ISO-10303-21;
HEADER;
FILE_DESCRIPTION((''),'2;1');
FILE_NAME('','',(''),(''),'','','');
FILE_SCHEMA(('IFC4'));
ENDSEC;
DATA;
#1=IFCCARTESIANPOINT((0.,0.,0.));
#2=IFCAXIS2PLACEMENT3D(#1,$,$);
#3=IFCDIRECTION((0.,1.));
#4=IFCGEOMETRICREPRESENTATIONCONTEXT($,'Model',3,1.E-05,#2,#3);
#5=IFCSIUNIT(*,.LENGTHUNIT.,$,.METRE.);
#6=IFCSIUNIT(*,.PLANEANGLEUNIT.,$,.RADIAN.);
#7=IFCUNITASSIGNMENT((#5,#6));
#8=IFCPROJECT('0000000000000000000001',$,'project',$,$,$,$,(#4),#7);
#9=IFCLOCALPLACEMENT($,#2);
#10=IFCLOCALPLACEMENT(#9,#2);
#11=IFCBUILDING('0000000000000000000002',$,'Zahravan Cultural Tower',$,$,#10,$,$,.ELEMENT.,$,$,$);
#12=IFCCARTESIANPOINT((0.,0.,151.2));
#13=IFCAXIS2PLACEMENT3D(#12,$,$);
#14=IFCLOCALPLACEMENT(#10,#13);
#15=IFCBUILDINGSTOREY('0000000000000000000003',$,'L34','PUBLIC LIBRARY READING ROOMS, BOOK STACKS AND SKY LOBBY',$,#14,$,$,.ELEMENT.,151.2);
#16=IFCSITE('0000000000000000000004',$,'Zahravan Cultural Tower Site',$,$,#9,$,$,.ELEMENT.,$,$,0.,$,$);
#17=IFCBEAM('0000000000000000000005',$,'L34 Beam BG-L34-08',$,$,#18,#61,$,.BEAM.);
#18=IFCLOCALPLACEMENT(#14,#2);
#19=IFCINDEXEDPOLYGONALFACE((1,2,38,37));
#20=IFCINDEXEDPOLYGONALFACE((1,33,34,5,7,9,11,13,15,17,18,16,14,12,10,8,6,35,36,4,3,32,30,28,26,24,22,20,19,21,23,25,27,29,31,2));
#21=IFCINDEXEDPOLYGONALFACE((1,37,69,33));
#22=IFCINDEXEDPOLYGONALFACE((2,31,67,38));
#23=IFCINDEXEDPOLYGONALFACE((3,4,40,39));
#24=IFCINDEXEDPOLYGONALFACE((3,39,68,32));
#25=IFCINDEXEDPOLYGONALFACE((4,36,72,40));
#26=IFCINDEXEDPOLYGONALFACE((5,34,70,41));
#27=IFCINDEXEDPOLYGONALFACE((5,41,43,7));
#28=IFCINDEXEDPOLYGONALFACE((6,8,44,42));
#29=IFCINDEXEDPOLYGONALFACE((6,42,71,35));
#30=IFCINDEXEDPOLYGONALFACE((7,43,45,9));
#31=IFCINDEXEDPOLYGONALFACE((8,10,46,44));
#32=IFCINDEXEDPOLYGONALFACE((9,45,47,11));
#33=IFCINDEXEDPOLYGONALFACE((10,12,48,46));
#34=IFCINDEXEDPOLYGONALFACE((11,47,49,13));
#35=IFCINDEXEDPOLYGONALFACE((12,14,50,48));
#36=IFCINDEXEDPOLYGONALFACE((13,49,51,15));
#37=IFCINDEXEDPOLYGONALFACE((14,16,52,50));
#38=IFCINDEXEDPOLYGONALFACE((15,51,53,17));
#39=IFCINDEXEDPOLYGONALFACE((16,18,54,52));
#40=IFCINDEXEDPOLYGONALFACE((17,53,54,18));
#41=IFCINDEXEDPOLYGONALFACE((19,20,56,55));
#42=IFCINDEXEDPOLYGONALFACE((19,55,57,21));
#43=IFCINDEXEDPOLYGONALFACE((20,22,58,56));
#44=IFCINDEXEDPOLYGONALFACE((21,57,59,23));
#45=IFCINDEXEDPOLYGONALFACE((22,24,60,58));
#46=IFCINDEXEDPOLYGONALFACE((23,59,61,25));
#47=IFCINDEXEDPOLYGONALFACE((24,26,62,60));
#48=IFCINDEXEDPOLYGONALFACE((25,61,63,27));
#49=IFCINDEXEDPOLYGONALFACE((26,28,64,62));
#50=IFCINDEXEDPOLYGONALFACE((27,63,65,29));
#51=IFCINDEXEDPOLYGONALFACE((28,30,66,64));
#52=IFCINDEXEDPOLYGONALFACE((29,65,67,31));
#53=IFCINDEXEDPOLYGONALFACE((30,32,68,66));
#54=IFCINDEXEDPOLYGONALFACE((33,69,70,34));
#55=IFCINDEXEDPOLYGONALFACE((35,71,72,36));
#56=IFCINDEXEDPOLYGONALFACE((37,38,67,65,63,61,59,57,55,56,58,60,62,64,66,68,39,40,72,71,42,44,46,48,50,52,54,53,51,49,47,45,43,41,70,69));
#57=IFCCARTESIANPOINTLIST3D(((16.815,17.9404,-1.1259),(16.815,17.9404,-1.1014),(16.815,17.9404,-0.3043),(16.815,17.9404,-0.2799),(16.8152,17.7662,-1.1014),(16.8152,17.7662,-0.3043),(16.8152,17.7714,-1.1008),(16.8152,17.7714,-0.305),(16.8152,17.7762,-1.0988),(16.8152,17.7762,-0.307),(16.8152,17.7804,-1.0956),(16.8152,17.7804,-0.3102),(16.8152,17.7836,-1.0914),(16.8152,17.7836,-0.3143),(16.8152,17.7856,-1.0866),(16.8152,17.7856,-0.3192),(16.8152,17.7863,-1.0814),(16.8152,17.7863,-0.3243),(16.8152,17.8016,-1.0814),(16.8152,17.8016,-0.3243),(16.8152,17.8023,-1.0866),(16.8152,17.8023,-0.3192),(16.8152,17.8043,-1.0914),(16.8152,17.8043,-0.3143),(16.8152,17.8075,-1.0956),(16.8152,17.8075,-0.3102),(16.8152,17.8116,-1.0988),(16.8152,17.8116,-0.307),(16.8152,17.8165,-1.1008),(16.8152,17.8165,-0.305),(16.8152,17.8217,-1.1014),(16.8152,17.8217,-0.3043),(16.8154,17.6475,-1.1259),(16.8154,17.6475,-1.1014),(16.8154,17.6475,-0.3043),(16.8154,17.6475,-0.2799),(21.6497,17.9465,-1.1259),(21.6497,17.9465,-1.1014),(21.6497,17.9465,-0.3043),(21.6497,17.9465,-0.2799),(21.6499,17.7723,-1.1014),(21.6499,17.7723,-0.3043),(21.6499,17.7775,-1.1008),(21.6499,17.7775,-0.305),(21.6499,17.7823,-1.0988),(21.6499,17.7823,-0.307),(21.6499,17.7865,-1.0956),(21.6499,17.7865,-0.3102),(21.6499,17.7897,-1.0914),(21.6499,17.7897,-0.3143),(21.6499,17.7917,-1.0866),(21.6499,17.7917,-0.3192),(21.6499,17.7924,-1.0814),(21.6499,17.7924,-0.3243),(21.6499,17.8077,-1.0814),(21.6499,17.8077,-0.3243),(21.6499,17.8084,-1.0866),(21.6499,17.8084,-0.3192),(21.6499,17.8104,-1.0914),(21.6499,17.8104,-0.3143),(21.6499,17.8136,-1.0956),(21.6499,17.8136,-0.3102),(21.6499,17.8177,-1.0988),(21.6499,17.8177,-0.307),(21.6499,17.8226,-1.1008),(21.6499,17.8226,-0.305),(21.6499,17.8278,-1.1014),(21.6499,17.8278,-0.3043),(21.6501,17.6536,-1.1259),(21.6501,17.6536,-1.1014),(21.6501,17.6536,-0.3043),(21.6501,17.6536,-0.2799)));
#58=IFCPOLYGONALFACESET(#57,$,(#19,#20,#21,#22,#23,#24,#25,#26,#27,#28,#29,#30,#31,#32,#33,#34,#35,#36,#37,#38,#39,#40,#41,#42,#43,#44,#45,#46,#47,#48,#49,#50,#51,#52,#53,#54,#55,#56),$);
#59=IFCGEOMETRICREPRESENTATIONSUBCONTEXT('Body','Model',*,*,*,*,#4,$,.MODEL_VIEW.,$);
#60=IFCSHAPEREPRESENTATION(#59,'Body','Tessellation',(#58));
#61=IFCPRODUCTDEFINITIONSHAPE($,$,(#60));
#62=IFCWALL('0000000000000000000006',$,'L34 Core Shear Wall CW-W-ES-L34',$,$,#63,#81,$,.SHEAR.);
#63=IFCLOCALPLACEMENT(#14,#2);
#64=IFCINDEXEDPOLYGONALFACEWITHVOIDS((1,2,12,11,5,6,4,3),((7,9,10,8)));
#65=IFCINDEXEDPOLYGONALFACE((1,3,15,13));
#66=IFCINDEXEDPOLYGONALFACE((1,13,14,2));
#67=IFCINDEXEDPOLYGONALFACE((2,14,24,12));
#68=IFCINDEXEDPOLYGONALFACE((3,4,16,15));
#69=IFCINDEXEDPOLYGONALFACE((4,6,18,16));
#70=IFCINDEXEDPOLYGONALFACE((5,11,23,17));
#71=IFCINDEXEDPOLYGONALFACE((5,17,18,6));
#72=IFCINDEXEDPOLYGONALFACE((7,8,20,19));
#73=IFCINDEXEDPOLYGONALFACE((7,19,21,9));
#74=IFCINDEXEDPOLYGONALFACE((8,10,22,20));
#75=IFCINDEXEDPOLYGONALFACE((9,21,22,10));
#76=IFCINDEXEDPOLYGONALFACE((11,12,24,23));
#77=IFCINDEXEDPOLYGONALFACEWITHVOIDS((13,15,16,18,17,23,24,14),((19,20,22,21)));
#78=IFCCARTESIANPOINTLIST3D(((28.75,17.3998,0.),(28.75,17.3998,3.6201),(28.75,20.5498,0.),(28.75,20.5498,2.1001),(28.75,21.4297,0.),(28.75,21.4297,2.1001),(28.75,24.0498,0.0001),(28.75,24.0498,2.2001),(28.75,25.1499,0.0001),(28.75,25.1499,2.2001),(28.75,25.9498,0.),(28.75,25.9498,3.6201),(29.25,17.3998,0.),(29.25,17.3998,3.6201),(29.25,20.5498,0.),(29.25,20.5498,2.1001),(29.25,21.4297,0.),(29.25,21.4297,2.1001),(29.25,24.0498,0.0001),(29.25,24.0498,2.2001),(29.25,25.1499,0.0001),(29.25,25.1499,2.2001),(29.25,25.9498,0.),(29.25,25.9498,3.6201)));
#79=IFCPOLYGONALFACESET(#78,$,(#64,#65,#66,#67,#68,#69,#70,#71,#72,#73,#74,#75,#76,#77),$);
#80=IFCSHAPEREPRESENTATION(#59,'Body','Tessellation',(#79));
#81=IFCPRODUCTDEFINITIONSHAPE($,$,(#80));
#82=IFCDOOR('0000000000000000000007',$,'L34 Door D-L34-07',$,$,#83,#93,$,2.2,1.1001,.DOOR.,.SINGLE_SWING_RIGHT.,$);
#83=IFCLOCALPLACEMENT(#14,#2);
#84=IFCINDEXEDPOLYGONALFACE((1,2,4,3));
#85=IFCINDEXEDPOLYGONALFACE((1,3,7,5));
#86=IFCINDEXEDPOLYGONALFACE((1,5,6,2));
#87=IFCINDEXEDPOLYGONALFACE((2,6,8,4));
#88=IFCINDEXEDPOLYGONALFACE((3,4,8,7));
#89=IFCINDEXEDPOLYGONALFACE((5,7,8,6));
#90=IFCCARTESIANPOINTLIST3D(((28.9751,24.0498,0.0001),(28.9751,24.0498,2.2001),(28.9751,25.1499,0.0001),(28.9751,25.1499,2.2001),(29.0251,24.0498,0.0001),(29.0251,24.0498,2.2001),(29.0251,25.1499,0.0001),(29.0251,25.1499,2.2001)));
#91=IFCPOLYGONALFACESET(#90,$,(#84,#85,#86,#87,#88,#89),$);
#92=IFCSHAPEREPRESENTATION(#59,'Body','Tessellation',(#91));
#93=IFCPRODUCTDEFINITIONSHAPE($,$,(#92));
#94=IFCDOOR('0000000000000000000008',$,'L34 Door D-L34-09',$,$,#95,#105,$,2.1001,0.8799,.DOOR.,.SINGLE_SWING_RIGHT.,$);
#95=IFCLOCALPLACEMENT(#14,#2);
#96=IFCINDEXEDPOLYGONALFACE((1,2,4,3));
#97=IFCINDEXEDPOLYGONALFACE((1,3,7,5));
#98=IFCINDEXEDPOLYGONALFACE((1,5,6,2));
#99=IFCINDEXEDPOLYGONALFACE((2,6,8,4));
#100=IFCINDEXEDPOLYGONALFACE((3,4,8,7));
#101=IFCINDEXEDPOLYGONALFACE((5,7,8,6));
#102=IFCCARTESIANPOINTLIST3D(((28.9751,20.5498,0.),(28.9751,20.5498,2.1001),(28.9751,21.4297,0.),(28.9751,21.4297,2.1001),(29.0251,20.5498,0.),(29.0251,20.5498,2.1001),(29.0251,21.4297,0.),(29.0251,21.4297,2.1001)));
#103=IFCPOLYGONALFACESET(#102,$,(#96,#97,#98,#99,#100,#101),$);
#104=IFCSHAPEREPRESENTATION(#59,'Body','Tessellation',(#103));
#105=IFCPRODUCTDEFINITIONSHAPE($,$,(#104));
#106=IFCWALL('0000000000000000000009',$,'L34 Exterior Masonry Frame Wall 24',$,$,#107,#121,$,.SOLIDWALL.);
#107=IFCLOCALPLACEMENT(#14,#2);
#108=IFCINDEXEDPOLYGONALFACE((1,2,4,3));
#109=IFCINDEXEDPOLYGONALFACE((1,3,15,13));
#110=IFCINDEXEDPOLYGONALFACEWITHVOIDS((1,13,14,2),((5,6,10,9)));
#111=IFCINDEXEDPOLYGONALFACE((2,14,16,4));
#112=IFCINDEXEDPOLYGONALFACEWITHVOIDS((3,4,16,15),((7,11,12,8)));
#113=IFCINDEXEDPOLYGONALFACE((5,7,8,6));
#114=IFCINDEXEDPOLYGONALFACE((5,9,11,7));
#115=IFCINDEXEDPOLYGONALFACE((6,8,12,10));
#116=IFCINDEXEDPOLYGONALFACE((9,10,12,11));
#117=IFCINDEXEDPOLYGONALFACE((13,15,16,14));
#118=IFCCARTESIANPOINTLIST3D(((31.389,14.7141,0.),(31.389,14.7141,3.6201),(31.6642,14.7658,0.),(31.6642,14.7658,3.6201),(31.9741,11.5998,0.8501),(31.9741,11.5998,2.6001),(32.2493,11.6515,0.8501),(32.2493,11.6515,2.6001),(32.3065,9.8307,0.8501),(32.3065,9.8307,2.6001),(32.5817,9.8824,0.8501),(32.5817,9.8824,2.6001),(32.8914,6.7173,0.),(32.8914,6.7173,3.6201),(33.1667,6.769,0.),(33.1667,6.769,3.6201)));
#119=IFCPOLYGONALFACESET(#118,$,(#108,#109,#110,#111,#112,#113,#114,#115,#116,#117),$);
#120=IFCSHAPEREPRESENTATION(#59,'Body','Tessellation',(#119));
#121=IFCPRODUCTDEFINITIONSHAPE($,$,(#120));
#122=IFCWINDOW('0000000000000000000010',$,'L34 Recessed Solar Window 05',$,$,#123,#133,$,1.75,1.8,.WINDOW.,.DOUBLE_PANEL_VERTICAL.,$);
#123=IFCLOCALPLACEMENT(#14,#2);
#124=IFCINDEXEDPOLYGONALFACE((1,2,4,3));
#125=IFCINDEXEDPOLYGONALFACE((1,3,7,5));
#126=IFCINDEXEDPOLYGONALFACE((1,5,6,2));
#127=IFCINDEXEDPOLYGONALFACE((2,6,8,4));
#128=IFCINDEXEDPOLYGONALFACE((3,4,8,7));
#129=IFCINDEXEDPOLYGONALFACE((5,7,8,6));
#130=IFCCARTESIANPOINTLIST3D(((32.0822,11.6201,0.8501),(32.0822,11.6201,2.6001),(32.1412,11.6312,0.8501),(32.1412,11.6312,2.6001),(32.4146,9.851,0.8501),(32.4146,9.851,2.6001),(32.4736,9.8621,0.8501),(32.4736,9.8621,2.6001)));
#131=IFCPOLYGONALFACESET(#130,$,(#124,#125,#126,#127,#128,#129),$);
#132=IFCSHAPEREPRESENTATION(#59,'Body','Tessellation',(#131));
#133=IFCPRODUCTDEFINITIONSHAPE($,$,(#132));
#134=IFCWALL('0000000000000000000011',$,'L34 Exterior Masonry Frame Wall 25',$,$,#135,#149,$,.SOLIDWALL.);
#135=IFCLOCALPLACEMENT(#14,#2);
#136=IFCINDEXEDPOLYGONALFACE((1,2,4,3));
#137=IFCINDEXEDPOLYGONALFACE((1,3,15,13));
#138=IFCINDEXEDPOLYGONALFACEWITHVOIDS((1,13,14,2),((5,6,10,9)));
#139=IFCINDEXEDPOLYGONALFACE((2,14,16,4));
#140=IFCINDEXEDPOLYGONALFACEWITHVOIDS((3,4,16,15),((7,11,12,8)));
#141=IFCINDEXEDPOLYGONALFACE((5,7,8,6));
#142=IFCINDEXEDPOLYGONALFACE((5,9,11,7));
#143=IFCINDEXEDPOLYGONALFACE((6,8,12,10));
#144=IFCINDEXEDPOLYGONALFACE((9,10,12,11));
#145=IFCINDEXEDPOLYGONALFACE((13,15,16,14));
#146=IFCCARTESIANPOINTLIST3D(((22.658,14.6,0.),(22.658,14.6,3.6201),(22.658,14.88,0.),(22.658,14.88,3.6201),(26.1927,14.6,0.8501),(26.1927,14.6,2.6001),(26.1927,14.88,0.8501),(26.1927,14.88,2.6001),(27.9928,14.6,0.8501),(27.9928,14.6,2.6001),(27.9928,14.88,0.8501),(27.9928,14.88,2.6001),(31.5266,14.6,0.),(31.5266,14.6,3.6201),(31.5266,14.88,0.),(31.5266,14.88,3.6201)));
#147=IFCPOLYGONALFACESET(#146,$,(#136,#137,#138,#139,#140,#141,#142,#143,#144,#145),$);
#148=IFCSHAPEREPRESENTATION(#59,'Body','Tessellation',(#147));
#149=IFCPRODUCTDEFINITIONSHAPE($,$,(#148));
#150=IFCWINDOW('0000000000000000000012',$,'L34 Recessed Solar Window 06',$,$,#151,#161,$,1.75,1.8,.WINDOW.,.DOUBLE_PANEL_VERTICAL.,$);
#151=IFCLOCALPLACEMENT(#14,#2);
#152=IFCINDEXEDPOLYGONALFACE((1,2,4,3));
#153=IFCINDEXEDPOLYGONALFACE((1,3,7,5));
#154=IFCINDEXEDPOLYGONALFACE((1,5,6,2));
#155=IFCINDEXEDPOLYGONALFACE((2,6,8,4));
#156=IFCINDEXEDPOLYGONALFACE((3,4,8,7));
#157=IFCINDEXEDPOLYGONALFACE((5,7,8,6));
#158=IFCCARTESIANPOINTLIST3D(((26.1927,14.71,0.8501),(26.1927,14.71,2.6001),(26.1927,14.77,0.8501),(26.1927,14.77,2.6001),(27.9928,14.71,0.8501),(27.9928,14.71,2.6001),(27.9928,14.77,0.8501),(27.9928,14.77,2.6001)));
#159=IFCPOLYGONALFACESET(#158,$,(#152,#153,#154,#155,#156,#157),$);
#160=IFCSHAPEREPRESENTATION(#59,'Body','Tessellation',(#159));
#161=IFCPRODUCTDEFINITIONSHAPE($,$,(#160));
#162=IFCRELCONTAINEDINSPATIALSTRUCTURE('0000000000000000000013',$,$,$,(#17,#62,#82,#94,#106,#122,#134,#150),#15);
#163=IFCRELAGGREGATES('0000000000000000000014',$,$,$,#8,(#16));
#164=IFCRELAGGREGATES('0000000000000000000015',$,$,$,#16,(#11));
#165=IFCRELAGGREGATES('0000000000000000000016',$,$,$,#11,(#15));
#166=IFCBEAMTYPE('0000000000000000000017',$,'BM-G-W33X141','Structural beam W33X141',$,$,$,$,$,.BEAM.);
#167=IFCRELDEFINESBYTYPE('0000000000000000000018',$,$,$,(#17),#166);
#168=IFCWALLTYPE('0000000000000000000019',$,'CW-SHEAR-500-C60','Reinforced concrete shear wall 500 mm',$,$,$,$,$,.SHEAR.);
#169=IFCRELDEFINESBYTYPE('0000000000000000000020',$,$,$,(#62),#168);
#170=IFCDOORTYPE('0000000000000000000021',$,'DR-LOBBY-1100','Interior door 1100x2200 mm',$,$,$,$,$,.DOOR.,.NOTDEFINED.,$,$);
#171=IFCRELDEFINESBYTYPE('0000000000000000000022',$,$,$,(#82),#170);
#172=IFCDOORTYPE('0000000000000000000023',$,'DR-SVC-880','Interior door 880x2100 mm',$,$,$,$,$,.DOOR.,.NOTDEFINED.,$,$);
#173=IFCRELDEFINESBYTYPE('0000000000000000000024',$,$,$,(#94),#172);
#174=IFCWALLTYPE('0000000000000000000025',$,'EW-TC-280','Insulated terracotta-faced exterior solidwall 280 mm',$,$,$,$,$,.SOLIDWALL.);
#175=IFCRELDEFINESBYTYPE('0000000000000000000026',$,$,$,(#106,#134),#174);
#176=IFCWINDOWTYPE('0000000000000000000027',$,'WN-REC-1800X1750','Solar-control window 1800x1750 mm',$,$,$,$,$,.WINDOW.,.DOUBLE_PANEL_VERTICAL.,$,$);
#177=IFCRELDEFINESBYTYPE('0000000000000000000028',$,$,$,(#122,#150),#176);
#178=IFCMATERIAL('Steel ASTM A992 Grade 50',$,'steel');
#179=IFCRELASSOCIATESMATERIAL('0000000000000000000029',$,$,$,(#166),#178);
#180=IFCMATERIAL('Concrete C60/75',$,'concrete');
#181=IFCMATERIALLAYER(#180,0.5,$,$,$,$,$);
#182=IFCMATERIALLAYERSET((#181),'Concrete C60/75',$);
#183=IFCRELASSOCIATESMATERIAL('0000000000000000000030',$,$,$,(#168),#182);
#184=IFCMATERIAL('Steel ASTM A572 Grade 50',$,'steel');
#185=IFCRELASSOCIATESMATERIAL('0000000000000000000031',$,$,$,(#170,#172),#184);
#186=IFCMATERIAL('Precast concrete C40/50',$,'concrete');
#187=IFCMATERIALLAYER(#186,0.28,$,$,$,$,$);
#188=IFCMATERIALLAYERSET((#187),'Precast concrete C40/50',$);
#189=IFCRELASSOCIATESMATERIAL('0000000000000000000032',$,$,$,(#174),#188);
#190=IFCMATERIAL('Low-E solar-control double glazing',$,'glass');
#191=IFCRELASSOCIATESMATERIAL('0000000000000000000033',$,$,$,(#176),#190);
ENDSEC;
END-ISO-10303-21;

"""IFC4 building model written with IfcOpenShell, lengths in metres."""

from ifc_helpers import new_model, si_unit, direction, frame, frame_2d, origin, origin_2d, place, context, subcontext, project, spatial, rectangle, i_section, extrude, source, transform, mapped, material, layer, layer_set, material_profile, profile_set, type_object, element, fill, save


model = new_model("IFC4")

# Units and contexts
model_context = context("Model", 3, precision=1e-05, world=origin(), true_north=direction((0.0, 1.0)))
body_context = subcontext(model_context, "Body", "Model", "MODEL_VIEW")
ifc_project = project(units=[si_unit("LENGTHUNIT", "METRE"), si_unit("PLANEANGLEUNIT", "RADIAN")], contexts=[model_context])

# Site, building, storey
site_placement = place(None, origin())
site = spatial("IfcSite", under=ifc_project, at=site_placement, Name="Zahravan Cultural Tower Site", CompositionType="ELEMENT", RefElevation=0.0)
building_placement = place(site_placement, origin())
building = spatial("IfcBuilding", under=site, at=building_placement, Name="Zahravan Cultural Tower", CompositionType="ELEMENT")
storey_placement = place(building_placement, frame((0.0, 0.0, 151.2)))
storey = spatial("IfcBuildingStorey", under=building, at=storey_placement, Name="L34", Description="PUBLIC LIBRARY READING ROOMS, BOOK STACKS AND SKY LOBBY", CompositionType="ELEMENT", Elevation=151.2)

# Beam
ifc_material_1 = material(Name="Steel ASTM A992 Grade 50", Category="steel")
ifc_material_profile_1 = material_profile(ifc_material_1, i_section(OverallWidth=0.293, OverallDepth=0.8459, WebThickness=0.0154, FlangeThickness=0.0244, FilletRadius=0.02, at=origin_2d()), Name="W33X141")
ifc_profile_set_1 = profile_set([ifc_material_profile_1], Name="Steel ASTM A992 Grade 50")
beam_type_1 = type_object("IfcBeamType", Name="BM-G-W33X141", Description="Structural beam W33X141", PredefinedType="BEAM", material=ifc_profile_set_1)
shared_shape_1 = source(origin(), body_context, "Body", "SweptSolid", [
    extrude(i_section(OverallWidth=0.293, OverallDepth=0.8459, WebThickness=0.0154, FlangeThickness=0.0244, FilletRadius=0.02, at=origin_2d()), origin(), (0.0, 0.0, 1.0), 4.8347),
])
beam_1_placement = place(storey_placement, frame((21.6499, 17.8, -0.7029), z_axis=(-0.999999, -0.001262, 0.0), x_axis=(0.001262, -0.999999, 0.0)))
element("IfcBeam", 1, at=beam_1_placement, inside=storey, type_object=beam_type_1, Name="L34 Beam BG-L34-08", PredefinedType="BEAM", context=body_context, shape_type="MappedRepresentation", body=[
    mapped(shared_shape_1, transform((0.0, 0.0, 0.0), x_axis=(1.0, 0.0, 0.0), y_axis=(0.0, 1.0, 0.0), z_axis=(0.0, 0.0, 1.0), scale=1.0)),
])

# Wall, openings, doors
ifc_material_2 = material(Name="Concrete C60/75", Category="concrete")
ifc_layer_1 = layer(ifc_material_2, 0.5)
ifc_layer_set_1 = layer_set([ifc_layer_1], Name="Concrete C60/75")
wall_type_1 = type_object("IfcWallType", Name="CW-SHEAR-500-C60", Description="Reinforced concrete shear wall 500 mm", PredefinedType="SHEAR", material=ifc_layer_set_1)
wall_1_placement = place(storey_placement, frame((29.0, 17.3999, 0.0), z_axis=(0.0, 0.0, 1.0), x_axis=(0.0, 1.0, 0.0)))
wall_1 = element("IfcWall", 2, at=wall_1_placement, inside=storey, type_object=wall_type_1, Name="L34 Core Shear Wall CW-W-ES-L34", PredefinedType="SHEAR", context=body_context, shape_type="SweptSolid", body=[
    extrude(rectangle(XDim=8.55, YDim=0.5, at=frame_2d((4.2749, 0.0))), origin(), (0.0, 0.0, 1.0), 3.6201),
])
opening_1_placement = place(wall_1_placement, frame((6.6499, 0.0, 0.0)))
opening_1 = element("IfcOpeningElement", 3, at=opening_1_placement, cuts=wall_1, PredefinedType="OPENING", context=body_context, shape_type="SweptSolid", body=[
    extrude(rectangle(XDim=1.1001, YDim=2.2, at=frame_2d((0.55, 1.1001))), frame((0.0, 0.26, 0.0), z_axis=(0.0, -1.0, 0.0), x_axis=(1.0, 0.0, 0.0)), (0.0, 0.0, 1.0), 0.52),
])
opening_2_placement = place(wall_1_placement, frame((3.1499, 0.0, 0.0)))
opening_2 = element("IfcOpeningElement", 4, at=opening_2_placement, cuts=wall_1, PredefinedType="OPENING", context=body_context, shape_type="SweptSolid", body=[
    extrude(rectangle(XDim=0.8799, YDim=2.1001, at=frame_2d((0.4399, 1.05))), frame((0.0, 0.26, 0.0), z_axis=(0.0, -1.0, 0.0), x_axis=(1.0, 0.0, 0.0)), (0.0, 0.0, 1.0), 0.52),
])
ifc_material_3 = material(Name="Steel ASTM A572 Grade 50", Category="steel")
door_type_1 = type_object("IfcDoorType", Name="DR-LOBBY-1100", Description="Interior door 1100x2200 mm", OperationType="NOTDEFINED", PredefinedType="DOOR", material=ifc_material_3)
shared_shape_2 = source(origin(), body_context, "Body", "SweptSolid", [
    extrude(rectangle(XDim=1.1001, YDim=2.2, at=frame_2d((0.55, 1.1001))), frame((0.0, 0.0249, 0.0), z_axis=(0.0, -1.0, 0.0), x_axis=(1.0, 0.0, 0.0)), (0.0, 0.0, 1.0), 0.05),
])
door_1_placement = place(opening_1_placement, origin())
door_1 = element("IfcDoor", 5, at=door_1_placement, inside=storey, type_object=door_type_1, Name="L34 Door D-L34-07", OperationType="SINGLE_SWING_RIGHT", OverallHeight=2.2, OverallWidth=1.1001, PredefinedType="DOOR", context=body_context, shape_type="MappedRepresentation", body=[
    mapped(shared_shape_2, transform((0.0, 0.0, 0.0), x_axis=(1.0, 0.0, 0.0), y_axis=(0.0, 1.0, 0.0), z_axis=(0.0, 0.0, 1.0), scale=1.0)),
])
fill(opening_1, door_1)
door_type_2 = type_object("IfcDoorType", Name="DR-SVC-880", Description="Interior door 880x2100 mm", OperationType="NOTDEFINED", PredefinedType="DOOR", material=ifc_material_3)
shared_shape_3 = source(origin(), body_context, "Body", "SweptSolid", [
    extrude(rectangle(XDim=0.8799, YDim=2.1001, at=frame_2d((0.4399, 1.05))), frame((0.0, 0.0249, 0.0), z_axis=(0.0, -1.0, 0.0), x_axis=(1.0, 0.0, 0.0)), (0.0, 0.0, 1.0), 0.05),
])
door_2_placement = place(opening_2_placement, origin())
door_2 = element("IfcDoor", 6, at=door_2_placement, inside=storey, type_object=door_type_2, Name="L34 Door D-L34-09", OperationType="SINGLE_SWING_RIGHT", OverallHeight=2.1001, OverallWidth=0.8799, PredefinedType="DOOR", context=body_context, shape_type="MappedRepresentation", body=[
    mapped(shared_shape_3, transform((0.0, 0.0, 0.0), x_axis=(1.0, 0.0, 0.0), y_axis=(0.0, 1.0, 0.0), z_axis=(0.0, 0.0, 1.0), scale=1.0)),
])
fill(opening_2, door_2)

# Walls, openings, windows
ifc_material_4 = material(Name="Precast concrete C40/50", Category="concrete")
ifc_layer_2 = layer(ifc_material_4, 0.28)
ifc_layer_set_2 = layer_set([ifc_layer_2], Name="Precast concrete C40/50")
wall_type_2 = type_object("IfcWallType", Name="EW-TC-280", Description="Insulated terracotta-faced exterior solidwall 280 mm", PredefinedType="SOLIDWALL", material=ifc_layer_set_2)
wall_2_placement = place(storey_placement, frame((33.0291, 6.7432, 0.0), z_axis=(0.0, 0.0, 1.0), x_axis=(-0.184649, 0.982805, 0.0)))
wall_2 = element("IfcWall", 7, at=wall_2_placement, inside=storey, type_object=wall_type_2, Name="L34 Exterior Masonry Frame Wall 24", PredefinedType="SOLIDWALL", context=body_context, shape_type="SweptSolid", body=[
    extrude(rectangle(XDim=8.1367, YDim=0.28, at=frame_2d((4.0684, 0.0))), origin(), (0.0, 0.0, 1.0), 3.6201),
])
opening_3_placement = place(wall_2_placement, frame((3.168, 0.0, 0.8501)))
opening_3 = element("IfcOpeningElement", 8, at=opening_3_placement, cuts=wall_2, PredefinedType="OPENING", context=body_context, shape_type="SweptSolid", body=[
    extrude(rectangle(XDim=1.8, YDim=1.75, at=frame_2d((0.8999, 0.875))), frame((0.0, 0.1499, 0.0), z_axis=(0.0, -1.0, 0.0), x_axis=(1.0, 0.0, 0.0)), (0.0, 0.0, 1.0), 0.3),
])
ifc_material_5 = material(Name="Low-E solar-control double glazing", Category="glass")
window_type = type_object("IfcWindowType", Name="WN-REC-1800X1750", Description="Solar-control window 1800x1750 mm", PartitioningType="DOUBLE_PANEL_VERTICAL", PredefinedType="WINDOW", material=ifc_material_5)
shared_shape_4 = source(origin(), body_context, "Body", "SweptSolid", [
    extrude(rectangle(XDim=1.8, YDim=1.75, at=frame_2d((0.8999, 0.875))), frame((0.0, 0.03, 0.0), z_axis=(0.0, -1.0, 0.0), x_axis=(1.0, 0.0, 0.0)), (0.0, 0.0, 1.0), 0.0601),
])
window_1_placement = place(opening_3_placement, origin())
window_1 = element("IfcWindow", 9, at=window_1_placement, inside=storey, type_object=window_type, Name="L34 Recessed Solar Window 05", OverallHeight=1.75, OverallWidth=1.8, PartitioningType="DOUBLE_PANEL_VERTICAL", PredefinedType="WINDOW", context=body_context, shape_type="MappedRepresentation", body=[
    mapped(shared_shape_4, transform((0.0, 0.0, 0.0), x_axis=(1.0, 0.0, 0.0), y_axis=(0.0, 1.0, 0.0), z_axis=(0.0, 0.0, 1.0), scale=1.0)),
])
fill(opening_3, window_1)
wall_3_placement = place(storey_placement, frame((31.5266, 14.74, 0.0), z_axis=(0.0, 0.0, 1.0), x_axis=(-1.0, 0.0, 0.0)))
wall_3 = element("IfcWall", 10, at=wall_3_placement, inside=storey, type_object=wall_type_2, Name="L34 Exterior Masonry Frame Wall 25", PredefinedType="SOLIDWALL", context=body_context, shape_type="SweptSolid", body=[
    extrude(rectangle(XDim=8.8687, YDim=0.28, at=frame_2d((4.4343, 0.0))), origin(), (0.0, 0.0, 1.0), 3.6201),
])
opening_4_placement = place(wall_3_placement, frame((3.5339, 0.0, 0.8501)))
opening_4 = element("IfcOpeningElement", 11, at=opening_4_placement, cuts=wall_3, PredefinedType="OPENING", context=body_context, shape_type="SweptSolid", body=[
    extrude(rectangle(XDim=1.8, YDim=1.75, at=frame_2d((0.8999, 0.875))), frame((0.0, 0.1499, 0.0), z_axis=(0.0, -1.0, 0.0), x_axis=(1.0, 0.0, 0.0)), (0.0, 0.0, 1.0), 0.3),
])
window_2_placement = place(opening_4_placement, origin())
window_2 = element("IfcWindow", 12, at=window_2_placement, inside=storey, type_object=window_type, Name="L34 Recessed Solar Window 06", OverallHeight=1.75, OverallWidth=1.8, PartitioningType="DOUBLE_PANEL_VERTICAL", PredefinedType="WINDOW", context=body_context, shape_type="MappedRepresentation", body=[
    mapped(shared_shape_4, transform((0.0, 0.0, 0.0), x_axis=(1.0, 0.0, 0.0), y_axis=(0.0, 1.0, 0.0), z_axis=(0.0, 0.0, 1.0), scale=1.0)),
])
fill(opening_4, window_2)

save(model, "model.ifc")
